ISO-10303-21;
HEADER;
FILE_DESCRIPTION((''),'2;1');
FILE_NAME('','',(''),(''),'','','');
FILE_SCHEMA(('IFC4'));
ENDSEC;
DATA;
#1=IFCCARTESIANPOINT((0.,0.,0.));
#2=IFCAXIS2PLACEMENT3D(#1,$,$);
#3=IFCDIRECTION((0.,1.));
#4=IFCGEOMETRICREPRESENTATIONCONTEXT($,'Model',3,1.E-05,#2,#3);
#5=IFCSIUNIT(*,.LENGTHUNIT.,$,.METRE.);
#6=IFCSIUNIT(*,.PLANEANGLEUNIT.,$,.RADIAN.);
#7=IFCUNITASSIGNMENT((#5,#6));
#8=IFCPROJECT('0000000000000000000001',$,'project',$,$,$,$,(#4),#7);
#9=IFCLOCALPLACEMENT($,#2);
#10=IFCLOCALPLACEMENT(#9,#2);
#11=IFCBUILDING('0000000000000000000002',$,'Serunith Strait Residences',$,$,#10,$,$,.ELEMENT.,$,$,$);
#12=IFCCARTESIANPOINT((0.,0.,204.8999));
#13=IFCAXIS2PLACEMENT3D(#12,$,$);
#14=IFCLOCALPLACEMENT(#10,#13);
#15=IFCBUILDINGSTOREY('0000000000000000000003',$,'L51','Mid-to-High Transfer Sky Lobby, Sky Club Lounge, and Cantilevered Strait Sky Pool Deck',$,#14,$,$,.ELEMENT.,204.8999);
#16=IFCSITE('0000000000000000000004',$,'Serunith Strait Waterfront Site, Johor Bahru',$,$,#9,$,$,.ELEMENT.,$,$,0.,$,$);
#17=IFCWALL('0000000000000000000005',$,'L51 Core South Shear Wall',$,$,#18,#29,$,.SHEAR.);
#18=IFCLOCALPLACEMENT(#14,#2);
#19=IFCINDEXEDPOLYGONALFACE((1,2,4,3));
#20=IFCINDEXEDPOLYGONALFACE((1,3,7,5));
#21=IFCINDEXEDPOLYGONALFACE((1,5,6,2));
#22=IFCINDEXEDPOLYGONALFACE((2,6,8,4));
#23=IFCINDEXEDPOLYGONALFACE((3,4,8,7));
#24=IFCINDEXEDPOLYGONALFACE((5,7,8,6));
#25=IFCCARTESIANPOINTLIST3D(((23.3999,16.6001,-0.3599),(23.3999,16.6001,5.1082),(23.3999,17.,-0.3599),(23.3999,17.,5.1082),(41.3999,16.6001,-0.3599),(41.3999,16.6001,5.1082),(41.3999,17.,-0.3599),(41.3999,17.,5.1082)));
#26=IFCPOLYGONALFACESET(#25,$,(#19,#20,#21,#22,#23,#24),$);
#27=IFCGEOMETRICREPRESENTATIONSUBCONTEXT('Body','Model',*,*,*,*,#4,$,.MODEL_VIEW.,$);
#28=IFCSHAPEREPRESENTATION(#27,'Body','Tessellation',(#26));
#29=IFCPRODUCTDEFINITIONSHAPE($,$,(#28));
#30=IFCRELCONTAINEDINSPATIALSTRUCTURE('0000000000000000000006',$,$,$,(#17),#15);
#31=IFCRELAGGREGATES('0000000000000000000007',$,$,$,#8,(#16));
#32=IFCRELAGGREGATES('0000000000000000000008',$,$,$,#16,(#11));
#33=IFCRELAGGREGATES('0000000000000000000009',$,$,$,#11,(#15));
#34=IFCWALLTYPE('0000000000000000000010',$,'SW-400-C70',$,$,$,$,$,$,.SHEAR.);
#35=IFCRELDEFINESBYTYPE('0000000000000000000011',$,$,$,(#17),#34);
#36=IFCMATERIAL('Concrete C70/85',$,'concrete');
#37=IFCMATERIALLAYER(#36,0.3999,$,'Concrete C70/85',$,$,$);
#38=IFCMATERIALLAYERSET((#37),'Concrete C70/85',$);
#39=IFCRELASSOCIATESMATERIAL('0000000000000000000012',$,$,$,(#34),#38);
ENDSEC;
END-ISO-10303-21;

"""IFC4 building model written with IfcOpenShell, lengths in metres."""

from ifc_helpers import new_model, si_unit, direction, frame, frame_2d, origin, place, context, subcontext, project, spatial, rectangle, extrude, material, layer, layer_set, type_object, element, save


model = new_model("IFC4")

# Units and contexts
model_context = context("Model", 3, precision=1e-05, world=origin(), true_north=direction((0.0, 1.0)))
body_context = subcontext(model_context, "Body", "Model", "MODEL_VIEW")
ifc_project = project(units=[si_unit("LENGTHUNIT", "METRE"), si_unit("PLANEANGLEUNIT", "RADIAN")], contexts=[model_context])

# Site, building, storey
site_placement = place(None, origin())
site = spatial("IfcSite", under=ifc_project, at=site_placement, Name="Serunith Strait Waterfront Site, Johor Bahru", CompositionType="ELEMENT", RefElevation=0.0)
building_placement = place(site_placement, origin())
building = spatial("IfcBuilding", under=site, at=building_placement, Name="Serunith Strait Residences", CompositionType="ELEMENT")
storey_placement = place(building_placement, frame((0.0, 0.0, 204.8999)))
storey = spatial("IfcBuildingStorey", under=building, at=storey_placement, Name="L51", Description="Mid-to-High Transfer Sky Lobby, Sky Club Lounge, and Cantilevered Strait Sky Pool Deck", CompositionType="ELEMENT", Elevation=204.8999)

# Wall
ifc_material_1 = material(Name="Concrete C70/85", Category="concrete")
ifc_layer_1 = layer(ifc_material_1, 0.3999, Name="Concrete C70/85")
ifc_layer_set_1 = layer_set([ifc_layer_1], Name="Concrete C70/85")
wall_type_1 = type_object("IfcWallType", Name="SW-400-C70", PredefinedType="SHEAR", material=ifc_layer_set_1)
wall_1_placement = place(storey_placement, frame((23.3999, 16.8, -0.3599), z_axis=(0.0, 0.0, 1.0), x_axis=(1.0, 0.0, 0.0)))
element("IfcWall", 1, at=wall_1_placement, inside=storey, type_object=wall_type_1, Name="L51 Core South Shear Wall", PredefinedType="SHEAR", context=body_context, shape_type="SweptSolid", body=[
    extrude(rectangle(XDim=18.0, YDim=0.3999, at=frame_2d((9.0, 0.0))), origin(), (0.0, 0.0, 1.0), 5.468),
])

save(model, "model.ifc")
